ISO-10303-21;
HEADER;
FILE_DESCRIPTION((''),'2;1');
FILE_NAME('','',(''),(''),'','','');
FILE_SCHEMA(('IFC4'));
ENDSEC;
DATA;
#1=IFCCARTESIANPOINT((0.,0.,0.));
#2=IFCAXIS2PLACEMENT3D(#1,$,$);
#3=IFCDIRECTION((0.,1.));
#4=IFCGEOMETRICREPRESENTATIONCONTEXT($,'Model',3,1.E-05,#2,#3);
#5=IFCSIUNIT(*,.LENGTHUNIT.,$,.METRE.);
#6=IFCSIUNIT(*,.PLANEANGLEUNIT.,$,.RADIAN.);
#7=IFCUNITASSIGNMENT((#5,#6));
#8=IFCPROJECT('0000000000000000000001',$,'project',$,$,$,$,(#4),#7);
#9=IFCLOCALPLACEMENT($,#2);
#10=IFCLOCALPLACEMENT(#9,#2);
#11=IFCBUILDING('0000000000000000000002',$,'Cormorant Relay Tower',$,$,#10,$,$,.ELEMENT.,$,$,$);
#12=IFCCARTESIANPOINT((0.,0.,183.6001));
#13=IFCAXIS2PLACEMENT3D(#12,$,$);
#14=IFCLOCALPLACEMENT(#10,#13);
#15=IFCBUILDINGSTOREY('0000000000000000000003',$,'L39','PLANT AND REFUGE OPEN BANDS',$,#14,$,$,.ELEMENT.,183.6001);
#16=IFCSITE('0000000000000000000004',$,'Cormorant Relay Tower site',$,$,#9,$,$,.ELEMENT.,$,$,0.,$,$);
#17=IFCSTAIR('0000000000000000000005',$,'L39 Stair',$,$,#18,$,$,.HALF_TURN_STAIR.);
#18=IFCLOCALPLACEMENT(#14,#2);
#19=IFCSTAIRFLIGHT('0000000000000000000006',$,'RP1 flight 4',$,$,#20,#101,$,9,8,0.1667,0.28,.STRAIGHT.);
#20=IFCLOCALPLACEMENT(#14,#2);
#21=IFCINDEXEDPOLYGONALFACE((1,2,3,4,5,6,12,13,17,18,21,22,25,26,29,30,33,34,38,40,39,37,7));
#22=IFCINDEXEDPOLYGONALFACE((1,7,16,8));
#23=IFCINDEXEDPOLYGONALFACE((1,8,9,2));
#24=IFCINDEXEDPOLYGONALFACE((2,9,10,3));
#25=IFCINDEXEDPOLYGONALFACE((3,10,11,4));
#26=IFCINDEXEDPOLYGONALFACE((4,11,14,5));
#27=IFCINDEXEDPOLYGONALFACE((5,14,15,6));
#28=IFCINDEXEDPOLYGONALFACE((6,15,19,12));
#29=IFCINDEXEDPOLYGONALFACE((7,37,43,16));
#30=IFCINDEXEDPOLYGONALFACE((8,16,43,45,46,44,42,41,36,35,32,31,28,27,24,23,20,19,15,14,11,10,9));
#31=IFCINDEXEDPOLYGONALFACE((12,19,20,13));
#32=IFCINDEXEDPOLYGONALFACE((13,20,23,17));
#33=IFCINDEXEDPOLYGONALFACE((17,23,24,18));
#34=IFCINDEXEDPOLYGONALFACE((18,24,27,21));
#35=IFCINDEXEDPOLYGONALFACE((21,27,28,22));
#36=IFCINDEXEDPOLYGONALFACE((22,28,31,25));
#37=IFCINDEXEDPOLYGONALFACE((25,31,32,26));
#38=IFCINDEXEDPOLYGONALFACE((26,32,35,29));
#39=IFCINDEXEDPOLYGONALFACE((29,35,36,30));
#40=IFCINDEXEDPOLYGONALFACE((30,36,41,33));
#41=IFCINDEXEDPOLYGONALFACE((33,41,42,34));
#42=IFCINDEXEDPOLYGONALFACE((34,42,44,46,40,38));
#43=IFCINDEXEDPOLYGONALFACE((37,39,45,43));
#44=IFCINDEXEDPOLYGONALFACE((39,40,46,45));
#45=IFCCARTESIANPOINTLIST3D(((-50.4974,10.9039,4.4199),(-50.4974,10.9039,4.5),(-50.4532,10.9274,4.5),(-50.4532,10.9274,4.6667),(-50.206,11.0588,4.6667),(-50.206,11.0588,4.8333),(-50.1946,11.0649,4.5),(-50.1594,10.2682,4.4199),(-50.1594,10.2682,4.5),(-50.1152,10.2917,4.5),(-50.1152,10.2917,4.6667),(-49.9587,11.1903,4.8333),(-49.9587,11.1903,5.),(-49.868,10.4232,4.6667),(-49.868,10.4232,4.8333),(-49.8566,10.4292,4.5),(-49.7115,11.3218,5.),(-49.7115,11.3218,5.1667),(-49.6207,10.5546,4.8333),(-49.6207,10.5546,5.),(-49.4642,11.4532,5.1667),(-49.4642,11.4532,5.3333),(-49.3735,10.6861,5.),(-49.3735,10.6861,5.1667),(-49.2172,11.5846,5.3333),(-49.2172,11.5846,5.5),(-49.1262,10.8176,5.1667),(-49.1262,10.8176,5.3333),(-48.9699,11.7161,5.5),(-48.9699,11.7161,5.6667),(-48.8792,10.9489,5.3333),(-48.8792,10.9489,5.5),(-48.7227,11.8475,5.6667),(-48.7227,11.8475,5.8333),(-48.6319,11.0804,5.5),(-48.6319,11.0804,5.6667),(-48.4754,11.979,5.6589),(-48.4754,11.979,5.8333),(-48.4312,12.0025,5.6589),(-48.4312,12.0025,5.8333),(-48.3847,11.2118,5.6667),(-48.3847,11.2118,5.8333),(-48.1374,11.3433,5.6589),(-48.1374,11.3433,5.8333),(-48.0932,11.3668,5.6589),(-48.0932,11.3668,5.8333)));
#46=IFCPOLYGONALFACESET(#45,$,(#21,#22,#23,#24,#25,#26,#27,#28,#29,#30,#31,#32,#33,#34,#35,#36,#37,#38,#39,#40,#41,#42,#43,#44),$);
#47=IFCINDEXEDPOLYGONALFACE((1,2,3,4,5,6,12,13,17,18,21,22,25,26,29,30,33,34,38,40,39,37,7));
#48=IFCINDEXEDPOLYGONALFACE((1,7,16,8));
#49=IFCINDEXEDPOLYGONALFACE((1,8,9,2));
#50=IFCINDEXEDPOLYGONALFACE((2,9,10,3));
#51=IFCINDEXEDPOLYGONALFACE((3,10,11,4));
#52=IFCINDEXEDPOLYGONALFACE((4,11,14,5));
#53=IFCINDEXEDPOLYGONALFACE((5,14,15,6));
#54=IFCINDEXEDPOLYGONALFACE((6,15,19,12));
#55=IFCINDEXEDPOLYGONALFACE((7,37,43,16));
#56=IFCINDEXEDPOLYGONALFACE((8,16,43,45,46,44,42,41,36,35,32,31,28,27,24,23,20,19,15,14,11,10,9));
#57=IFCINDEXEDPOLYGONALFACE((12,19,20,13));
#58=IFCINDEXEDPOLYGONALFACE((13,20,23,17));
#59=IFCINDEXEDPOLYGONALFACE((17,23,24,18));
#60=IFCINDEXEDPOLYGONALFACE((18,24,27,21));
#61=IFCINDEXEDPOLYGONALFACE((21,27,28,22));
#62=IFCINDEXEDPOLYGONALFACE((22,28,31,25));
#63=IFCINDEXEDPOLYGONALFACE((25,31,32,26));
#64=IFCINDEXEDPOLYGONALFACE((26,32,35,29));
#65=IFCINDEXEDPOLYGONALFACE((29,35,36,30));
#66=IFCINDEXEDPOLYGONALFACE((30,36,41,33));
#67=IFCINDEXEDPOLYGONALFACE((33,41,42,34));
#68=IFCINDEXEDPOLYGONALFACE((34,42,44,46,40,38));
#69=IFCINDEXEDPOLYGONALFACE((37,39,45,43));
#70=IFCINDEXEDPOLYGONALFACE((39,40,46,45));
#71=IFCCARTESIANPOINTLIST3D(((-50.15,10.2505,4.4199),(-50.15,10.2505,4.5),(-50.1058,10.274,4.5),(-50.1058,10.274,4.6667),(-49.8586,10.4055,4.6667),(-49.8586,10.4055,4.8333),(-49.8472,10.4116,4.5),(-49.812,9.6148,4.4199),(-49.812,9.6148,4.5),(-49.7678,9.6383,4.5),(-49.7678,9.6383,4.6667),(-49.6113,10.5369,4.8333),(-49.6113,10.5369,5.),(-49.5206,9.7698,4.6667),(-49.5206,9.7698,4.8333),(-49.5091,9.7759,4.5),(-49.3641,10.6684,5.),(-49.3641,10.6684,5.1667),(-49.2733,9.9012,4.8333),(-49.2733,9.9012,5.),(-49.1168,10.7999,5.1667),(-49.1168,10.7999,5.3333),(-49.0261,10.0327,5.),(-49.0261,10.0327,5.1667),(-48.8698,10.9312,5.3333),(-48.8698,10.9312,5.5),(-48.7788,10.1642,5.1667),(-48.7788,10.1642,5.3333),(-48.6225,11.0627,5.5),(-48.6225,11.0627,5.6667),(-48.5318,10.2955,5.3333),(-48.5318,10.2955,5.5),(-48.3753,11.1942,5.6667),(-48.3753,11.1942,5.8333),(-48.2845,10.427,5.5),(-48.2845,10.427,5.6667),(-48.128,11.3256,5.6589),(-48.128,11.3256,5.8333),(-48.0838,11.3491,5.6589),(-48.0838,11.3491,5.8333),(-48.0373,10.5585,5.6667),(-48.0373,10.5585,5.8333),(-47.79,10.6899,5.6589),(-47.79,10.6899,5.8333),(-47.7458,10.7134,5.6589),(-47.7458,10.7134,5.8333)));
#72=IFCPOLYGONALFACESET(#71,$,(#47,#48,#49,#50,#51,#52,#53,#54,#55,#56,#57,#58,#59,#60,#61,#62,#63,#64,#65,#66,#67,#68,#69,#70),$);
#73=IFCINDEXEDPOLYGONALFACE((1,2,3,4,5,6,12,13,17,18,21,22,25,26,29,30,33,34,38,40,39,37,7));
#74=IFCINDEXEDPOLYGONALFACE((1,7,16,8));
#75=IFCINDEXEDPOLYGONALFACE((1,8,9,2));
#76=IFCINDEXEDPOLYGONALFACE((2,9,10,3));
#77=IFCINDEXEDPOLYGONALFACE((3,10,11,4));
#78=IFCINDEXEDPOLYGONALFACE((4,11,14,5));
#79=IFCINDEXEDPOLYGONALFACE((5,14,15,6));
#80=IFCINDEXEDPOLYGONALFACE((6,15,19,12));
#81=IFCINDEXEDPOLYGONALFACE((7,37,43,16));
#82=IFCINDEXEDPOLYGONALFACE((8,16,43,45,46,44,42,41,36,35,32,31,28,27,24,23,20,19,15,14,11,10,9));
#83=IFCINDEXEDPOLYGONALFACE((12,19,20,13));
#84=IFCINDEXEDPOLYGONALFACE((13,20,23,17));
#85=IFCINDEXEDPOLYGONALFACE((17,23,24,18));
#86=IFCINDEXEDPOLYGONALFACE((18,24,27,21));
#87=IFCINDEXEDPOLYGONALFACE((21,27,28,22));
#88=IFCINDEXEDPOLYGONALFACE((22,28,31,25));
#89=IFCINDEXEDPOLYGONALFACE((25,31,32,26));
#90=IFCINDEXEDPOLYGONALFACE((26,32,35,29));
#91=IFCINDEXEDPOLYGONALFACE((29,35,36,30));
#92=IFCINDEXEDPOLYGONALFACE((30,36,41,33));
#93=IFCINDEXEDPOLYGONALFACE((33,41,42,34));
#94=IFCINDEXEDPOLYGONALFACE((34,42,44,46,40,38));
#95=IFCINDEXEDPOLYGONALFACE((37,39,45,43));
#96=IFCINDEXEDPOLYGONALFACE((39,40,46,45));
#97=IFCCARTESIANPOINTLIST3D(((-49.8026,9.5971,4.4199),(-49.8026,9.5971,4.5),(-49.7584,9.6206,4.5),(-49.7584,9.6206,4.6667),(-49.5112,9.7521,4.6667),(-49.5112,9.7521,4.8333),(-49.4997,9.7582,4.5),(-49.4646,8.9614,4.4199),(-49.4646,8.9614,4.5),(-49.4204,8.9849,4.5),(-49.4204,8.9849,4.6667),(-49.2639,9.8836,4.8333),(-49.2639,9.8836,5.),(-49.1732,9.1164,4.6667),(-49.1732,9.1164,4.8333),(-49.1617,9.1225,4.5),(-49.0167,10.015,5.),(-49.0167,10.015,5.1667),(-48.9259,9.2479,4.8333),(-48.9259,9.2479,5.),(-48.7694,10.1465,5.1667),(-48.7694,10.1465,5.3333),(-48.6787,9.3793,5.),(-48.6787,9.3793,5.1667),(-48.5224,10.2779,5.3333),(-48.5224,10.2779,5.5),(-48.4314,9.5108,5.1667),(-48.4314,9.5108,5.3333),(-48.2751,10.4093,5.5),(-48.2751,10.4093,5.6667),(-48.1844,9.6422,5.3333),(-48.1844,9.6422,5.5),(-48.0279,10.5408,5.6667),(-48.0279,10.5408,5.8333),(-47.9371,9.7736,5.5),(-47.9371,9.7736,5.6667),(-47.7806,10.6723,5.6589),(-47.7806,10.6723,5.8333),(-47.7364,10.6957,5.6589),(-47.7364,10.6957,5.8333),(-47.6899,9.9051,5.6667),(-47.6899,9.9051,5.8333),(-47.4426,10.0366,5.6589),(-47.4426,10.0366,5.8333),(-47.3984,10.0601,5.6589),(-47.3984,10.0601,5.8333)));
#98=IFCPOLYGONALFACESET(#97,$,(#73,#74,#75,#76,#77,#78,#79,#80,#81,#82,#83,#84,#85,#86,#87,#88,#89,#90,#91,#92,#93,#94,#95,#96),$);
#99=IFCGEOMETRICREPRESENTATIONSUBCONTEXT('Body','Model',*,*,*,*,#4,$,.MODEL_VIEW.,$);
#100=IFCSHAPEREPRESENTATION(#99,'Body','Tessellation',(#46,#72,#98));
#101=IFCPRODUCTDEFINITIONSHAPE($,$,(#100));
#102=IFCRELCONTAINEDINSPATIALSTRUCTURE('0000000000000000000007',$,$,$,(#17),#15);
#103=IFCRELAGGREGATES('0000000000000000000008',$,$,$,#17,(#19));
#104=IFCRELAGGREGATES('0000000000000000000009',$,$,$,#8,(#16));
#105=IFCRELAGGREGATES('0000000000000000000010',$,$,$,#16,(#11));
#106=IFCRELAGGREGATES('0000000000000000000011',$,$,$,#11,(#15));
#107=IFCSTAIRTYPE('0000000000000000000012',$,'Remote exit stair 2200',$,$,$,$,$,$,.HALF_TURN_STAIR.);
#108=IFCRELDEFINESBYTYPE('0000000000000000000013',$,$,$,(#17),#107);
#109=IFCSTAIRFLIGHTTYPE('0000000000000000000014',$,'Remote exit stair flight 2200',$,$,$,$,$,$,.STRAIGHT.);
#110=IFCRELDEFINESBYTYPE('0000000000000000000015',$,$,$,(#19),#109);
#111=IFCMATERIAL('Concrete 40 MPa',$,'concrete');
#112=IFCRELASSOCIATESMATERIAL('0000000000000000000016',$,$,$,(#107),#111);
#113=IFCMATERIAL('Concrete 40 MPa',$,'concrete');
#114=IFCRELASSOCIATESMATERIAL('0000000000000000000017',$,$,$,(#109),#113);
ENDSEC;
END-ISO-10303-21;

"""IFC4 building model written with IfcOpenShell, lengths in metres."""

from ifc_helpers import new_model, si_unit, direction, frame, origin, place, context, subcontext, project, spatial, polyline, outline, extrude, material, type_object, element, aggregate, save


model = new_model("IFC4")

# Units and contexts
model_context = context("Model", 3, precision=1e-05, world=origin(), true_north=direction((0.0, 1.0)))
body_context = subcontext(model_context, "Body", "Model", "MODEL_VIEW")
ifc_project = project(units=[si_unit("LENGTHUNIT", "METRE"), si_unit("PLANEANGLEUNIT", "RADIAN")], contexts=[model_context])

# Site, building, storey
site_placement = place(None, origin())
site = spatial("IfcSite", under=ifc_project, at=site_placement, Name="Cormorant Relay Tower site", CompositionType="ELEMENT", RefElevation=0.0)
building_placement = place(site_placement, origin())
building = spatial("IfcBuilding", under=site, at=building_placement, Name="Cormorant Relay Tower", CompositionType="ELEMENT")
storey_placement = place(building_placement, frame((0.0, 0.0, 183.6001)))
storey = spatial("IfcBuildingStorey", under=building, at=storey_placement, Name="L39", Description="PLANT AND REFUGE OPEN BANDS", CompositionType="ELEMENT", Elevation=183.6001)

# Stair, stair flight
ifc_material_1 = material(Name="Concrete 40 MPa", Category="concrete")
stair_type = type_object("IfcStairType", Name="Remote exit stair 2200", PredefinedType="HALF_TURN_STAIR", material=ifc_material_1)
stair_placement = place(storey_placement, origin())
stair = element("IfcStair", 1, at=stair_placement, inside=storey, type_object=stair_type, Name="L39 Stair", PredefinedType="HALF_TURN_STAIR")
ifc_material_2 = material(Name="Concrete 40 MPa", Category="concrete")
stair_flight_type = type_object("IfcStairFlightType", Name="Remote exit stair flight 2200", PredefinedType="STRAIGHT", material=ifc_material_2)
stair_flight_1_placement = place(storey_placement, frame((-49.9368, 9.9561, 4.5), z_axis=(0.0, 0.0, 1.0), x_axis=(0.882948, 0.469472, 0.0)))
stair_flight_1 = element("IfcStairFlight", 2, at=stair_flight_1_placement, type_object=stair_flight_type, Name="RP1 flight 4", NumberOfRisers=9, NumberOfTreads=8, PredefinedType="STRAIGHT", RiserHeight=0.1667, TreadLength=0.28, context=body_context, shape_type="SweptSolid", body=[
    extrude(outline(polyline([(-0.05, -0.0801), (-0.05, 0.0), (0.0, 0.0), (0.0, 0.1667), (0.28, 0.1667), (0.28, 0.3333), (0.5601, 0.3333), (0.5601, 0.5), (0.8401, 0.5), (0.8401, 0.6667), (1.1201, 0.6667), (1.1201, 0.8333), (1.3999, 0.8333), (1.3999, 1.0), (1.6799, 1.0), (1.6799, 1.1667), (1.96, 1.1667), (1.96, 1.3333), (2.24, 1.3333), (2.29, 1.3333), (2.29, 1.1589), (2.24, 1.1589), (0.293, 0.0), (-0.05, -0.0801)])), frame((0.0, 1.1001, 0.0), z_axis=(0.0, -1.0, 0.0), x_axis=(1.0, 0.0, 0.0)), (0.0, 0.0, 1.0), 0.72),
    extrude(outline(polyline([(-0.05, -0.0801), (-0.05, 0.0), (0.0, 0.0), (0.0, 0.1667), (0.28, 0.1667), (0.28, 0.3333), (0.5601, 0.3333), (0.5601, 0.5), (0.8401, 0.5), (0.8401, 0.6667), (1.1201, 0.6667), (1.1201, 0.8333), (1.3999, 0.8333), (1.3999, 1.0), (1.6799, 1.0), (1.6799, 1.1667), (1.96, 1.1667), (1.96, 1.3333), (2.24, 1.3333), (2.29, 1.3333), (2.29, 1.1589), (2.24, 1.1589), (0.293, 0.0), (-0.05, -0.0801)])), frame((0.0, 0.3601, 0.0), z_axis=(0.0, -1.0, 0.0), x_axis=(1.0, 0.0, 0.0)), (0.0, 0.0, 1.0), 0.72),
    extrude(outline(polyline([(-0.05, -0.0801), (-0.05, 0.0), (0.0, 0.0), (0.0, 0.1667), (0.28, 0.1667), (0.28, 0.3333), (0.5601, 0.3333), (0.5601, 0.5), (0.8401, 0.5), (0.8401, 0.6667), (1.1201, 0.6667), (1.1201, 0.8333), (1.3999, 0.8333), (1.3999, 1.0), (1.6799, 1.0), (1.6799, 1.1667), (1.96, 1.1667), (1.96, 1.3333), (2.24, 1.3333), (2.29, 1.3333), (2.29, 1.1589), (2.24, 1.1589), (0.293, 0.0), (-0.05, -0.0801)])), frame((0.0, -0.3799, 0.0), z_axis=(0.0, -1.0, 0.0), x_axis=(1.0, 0.0, 0.0)), (0.0, 0.0, 1.0), 0.72),
])
aggregate(stair, [stair_flight_1])

save(model, "model.ifc")
